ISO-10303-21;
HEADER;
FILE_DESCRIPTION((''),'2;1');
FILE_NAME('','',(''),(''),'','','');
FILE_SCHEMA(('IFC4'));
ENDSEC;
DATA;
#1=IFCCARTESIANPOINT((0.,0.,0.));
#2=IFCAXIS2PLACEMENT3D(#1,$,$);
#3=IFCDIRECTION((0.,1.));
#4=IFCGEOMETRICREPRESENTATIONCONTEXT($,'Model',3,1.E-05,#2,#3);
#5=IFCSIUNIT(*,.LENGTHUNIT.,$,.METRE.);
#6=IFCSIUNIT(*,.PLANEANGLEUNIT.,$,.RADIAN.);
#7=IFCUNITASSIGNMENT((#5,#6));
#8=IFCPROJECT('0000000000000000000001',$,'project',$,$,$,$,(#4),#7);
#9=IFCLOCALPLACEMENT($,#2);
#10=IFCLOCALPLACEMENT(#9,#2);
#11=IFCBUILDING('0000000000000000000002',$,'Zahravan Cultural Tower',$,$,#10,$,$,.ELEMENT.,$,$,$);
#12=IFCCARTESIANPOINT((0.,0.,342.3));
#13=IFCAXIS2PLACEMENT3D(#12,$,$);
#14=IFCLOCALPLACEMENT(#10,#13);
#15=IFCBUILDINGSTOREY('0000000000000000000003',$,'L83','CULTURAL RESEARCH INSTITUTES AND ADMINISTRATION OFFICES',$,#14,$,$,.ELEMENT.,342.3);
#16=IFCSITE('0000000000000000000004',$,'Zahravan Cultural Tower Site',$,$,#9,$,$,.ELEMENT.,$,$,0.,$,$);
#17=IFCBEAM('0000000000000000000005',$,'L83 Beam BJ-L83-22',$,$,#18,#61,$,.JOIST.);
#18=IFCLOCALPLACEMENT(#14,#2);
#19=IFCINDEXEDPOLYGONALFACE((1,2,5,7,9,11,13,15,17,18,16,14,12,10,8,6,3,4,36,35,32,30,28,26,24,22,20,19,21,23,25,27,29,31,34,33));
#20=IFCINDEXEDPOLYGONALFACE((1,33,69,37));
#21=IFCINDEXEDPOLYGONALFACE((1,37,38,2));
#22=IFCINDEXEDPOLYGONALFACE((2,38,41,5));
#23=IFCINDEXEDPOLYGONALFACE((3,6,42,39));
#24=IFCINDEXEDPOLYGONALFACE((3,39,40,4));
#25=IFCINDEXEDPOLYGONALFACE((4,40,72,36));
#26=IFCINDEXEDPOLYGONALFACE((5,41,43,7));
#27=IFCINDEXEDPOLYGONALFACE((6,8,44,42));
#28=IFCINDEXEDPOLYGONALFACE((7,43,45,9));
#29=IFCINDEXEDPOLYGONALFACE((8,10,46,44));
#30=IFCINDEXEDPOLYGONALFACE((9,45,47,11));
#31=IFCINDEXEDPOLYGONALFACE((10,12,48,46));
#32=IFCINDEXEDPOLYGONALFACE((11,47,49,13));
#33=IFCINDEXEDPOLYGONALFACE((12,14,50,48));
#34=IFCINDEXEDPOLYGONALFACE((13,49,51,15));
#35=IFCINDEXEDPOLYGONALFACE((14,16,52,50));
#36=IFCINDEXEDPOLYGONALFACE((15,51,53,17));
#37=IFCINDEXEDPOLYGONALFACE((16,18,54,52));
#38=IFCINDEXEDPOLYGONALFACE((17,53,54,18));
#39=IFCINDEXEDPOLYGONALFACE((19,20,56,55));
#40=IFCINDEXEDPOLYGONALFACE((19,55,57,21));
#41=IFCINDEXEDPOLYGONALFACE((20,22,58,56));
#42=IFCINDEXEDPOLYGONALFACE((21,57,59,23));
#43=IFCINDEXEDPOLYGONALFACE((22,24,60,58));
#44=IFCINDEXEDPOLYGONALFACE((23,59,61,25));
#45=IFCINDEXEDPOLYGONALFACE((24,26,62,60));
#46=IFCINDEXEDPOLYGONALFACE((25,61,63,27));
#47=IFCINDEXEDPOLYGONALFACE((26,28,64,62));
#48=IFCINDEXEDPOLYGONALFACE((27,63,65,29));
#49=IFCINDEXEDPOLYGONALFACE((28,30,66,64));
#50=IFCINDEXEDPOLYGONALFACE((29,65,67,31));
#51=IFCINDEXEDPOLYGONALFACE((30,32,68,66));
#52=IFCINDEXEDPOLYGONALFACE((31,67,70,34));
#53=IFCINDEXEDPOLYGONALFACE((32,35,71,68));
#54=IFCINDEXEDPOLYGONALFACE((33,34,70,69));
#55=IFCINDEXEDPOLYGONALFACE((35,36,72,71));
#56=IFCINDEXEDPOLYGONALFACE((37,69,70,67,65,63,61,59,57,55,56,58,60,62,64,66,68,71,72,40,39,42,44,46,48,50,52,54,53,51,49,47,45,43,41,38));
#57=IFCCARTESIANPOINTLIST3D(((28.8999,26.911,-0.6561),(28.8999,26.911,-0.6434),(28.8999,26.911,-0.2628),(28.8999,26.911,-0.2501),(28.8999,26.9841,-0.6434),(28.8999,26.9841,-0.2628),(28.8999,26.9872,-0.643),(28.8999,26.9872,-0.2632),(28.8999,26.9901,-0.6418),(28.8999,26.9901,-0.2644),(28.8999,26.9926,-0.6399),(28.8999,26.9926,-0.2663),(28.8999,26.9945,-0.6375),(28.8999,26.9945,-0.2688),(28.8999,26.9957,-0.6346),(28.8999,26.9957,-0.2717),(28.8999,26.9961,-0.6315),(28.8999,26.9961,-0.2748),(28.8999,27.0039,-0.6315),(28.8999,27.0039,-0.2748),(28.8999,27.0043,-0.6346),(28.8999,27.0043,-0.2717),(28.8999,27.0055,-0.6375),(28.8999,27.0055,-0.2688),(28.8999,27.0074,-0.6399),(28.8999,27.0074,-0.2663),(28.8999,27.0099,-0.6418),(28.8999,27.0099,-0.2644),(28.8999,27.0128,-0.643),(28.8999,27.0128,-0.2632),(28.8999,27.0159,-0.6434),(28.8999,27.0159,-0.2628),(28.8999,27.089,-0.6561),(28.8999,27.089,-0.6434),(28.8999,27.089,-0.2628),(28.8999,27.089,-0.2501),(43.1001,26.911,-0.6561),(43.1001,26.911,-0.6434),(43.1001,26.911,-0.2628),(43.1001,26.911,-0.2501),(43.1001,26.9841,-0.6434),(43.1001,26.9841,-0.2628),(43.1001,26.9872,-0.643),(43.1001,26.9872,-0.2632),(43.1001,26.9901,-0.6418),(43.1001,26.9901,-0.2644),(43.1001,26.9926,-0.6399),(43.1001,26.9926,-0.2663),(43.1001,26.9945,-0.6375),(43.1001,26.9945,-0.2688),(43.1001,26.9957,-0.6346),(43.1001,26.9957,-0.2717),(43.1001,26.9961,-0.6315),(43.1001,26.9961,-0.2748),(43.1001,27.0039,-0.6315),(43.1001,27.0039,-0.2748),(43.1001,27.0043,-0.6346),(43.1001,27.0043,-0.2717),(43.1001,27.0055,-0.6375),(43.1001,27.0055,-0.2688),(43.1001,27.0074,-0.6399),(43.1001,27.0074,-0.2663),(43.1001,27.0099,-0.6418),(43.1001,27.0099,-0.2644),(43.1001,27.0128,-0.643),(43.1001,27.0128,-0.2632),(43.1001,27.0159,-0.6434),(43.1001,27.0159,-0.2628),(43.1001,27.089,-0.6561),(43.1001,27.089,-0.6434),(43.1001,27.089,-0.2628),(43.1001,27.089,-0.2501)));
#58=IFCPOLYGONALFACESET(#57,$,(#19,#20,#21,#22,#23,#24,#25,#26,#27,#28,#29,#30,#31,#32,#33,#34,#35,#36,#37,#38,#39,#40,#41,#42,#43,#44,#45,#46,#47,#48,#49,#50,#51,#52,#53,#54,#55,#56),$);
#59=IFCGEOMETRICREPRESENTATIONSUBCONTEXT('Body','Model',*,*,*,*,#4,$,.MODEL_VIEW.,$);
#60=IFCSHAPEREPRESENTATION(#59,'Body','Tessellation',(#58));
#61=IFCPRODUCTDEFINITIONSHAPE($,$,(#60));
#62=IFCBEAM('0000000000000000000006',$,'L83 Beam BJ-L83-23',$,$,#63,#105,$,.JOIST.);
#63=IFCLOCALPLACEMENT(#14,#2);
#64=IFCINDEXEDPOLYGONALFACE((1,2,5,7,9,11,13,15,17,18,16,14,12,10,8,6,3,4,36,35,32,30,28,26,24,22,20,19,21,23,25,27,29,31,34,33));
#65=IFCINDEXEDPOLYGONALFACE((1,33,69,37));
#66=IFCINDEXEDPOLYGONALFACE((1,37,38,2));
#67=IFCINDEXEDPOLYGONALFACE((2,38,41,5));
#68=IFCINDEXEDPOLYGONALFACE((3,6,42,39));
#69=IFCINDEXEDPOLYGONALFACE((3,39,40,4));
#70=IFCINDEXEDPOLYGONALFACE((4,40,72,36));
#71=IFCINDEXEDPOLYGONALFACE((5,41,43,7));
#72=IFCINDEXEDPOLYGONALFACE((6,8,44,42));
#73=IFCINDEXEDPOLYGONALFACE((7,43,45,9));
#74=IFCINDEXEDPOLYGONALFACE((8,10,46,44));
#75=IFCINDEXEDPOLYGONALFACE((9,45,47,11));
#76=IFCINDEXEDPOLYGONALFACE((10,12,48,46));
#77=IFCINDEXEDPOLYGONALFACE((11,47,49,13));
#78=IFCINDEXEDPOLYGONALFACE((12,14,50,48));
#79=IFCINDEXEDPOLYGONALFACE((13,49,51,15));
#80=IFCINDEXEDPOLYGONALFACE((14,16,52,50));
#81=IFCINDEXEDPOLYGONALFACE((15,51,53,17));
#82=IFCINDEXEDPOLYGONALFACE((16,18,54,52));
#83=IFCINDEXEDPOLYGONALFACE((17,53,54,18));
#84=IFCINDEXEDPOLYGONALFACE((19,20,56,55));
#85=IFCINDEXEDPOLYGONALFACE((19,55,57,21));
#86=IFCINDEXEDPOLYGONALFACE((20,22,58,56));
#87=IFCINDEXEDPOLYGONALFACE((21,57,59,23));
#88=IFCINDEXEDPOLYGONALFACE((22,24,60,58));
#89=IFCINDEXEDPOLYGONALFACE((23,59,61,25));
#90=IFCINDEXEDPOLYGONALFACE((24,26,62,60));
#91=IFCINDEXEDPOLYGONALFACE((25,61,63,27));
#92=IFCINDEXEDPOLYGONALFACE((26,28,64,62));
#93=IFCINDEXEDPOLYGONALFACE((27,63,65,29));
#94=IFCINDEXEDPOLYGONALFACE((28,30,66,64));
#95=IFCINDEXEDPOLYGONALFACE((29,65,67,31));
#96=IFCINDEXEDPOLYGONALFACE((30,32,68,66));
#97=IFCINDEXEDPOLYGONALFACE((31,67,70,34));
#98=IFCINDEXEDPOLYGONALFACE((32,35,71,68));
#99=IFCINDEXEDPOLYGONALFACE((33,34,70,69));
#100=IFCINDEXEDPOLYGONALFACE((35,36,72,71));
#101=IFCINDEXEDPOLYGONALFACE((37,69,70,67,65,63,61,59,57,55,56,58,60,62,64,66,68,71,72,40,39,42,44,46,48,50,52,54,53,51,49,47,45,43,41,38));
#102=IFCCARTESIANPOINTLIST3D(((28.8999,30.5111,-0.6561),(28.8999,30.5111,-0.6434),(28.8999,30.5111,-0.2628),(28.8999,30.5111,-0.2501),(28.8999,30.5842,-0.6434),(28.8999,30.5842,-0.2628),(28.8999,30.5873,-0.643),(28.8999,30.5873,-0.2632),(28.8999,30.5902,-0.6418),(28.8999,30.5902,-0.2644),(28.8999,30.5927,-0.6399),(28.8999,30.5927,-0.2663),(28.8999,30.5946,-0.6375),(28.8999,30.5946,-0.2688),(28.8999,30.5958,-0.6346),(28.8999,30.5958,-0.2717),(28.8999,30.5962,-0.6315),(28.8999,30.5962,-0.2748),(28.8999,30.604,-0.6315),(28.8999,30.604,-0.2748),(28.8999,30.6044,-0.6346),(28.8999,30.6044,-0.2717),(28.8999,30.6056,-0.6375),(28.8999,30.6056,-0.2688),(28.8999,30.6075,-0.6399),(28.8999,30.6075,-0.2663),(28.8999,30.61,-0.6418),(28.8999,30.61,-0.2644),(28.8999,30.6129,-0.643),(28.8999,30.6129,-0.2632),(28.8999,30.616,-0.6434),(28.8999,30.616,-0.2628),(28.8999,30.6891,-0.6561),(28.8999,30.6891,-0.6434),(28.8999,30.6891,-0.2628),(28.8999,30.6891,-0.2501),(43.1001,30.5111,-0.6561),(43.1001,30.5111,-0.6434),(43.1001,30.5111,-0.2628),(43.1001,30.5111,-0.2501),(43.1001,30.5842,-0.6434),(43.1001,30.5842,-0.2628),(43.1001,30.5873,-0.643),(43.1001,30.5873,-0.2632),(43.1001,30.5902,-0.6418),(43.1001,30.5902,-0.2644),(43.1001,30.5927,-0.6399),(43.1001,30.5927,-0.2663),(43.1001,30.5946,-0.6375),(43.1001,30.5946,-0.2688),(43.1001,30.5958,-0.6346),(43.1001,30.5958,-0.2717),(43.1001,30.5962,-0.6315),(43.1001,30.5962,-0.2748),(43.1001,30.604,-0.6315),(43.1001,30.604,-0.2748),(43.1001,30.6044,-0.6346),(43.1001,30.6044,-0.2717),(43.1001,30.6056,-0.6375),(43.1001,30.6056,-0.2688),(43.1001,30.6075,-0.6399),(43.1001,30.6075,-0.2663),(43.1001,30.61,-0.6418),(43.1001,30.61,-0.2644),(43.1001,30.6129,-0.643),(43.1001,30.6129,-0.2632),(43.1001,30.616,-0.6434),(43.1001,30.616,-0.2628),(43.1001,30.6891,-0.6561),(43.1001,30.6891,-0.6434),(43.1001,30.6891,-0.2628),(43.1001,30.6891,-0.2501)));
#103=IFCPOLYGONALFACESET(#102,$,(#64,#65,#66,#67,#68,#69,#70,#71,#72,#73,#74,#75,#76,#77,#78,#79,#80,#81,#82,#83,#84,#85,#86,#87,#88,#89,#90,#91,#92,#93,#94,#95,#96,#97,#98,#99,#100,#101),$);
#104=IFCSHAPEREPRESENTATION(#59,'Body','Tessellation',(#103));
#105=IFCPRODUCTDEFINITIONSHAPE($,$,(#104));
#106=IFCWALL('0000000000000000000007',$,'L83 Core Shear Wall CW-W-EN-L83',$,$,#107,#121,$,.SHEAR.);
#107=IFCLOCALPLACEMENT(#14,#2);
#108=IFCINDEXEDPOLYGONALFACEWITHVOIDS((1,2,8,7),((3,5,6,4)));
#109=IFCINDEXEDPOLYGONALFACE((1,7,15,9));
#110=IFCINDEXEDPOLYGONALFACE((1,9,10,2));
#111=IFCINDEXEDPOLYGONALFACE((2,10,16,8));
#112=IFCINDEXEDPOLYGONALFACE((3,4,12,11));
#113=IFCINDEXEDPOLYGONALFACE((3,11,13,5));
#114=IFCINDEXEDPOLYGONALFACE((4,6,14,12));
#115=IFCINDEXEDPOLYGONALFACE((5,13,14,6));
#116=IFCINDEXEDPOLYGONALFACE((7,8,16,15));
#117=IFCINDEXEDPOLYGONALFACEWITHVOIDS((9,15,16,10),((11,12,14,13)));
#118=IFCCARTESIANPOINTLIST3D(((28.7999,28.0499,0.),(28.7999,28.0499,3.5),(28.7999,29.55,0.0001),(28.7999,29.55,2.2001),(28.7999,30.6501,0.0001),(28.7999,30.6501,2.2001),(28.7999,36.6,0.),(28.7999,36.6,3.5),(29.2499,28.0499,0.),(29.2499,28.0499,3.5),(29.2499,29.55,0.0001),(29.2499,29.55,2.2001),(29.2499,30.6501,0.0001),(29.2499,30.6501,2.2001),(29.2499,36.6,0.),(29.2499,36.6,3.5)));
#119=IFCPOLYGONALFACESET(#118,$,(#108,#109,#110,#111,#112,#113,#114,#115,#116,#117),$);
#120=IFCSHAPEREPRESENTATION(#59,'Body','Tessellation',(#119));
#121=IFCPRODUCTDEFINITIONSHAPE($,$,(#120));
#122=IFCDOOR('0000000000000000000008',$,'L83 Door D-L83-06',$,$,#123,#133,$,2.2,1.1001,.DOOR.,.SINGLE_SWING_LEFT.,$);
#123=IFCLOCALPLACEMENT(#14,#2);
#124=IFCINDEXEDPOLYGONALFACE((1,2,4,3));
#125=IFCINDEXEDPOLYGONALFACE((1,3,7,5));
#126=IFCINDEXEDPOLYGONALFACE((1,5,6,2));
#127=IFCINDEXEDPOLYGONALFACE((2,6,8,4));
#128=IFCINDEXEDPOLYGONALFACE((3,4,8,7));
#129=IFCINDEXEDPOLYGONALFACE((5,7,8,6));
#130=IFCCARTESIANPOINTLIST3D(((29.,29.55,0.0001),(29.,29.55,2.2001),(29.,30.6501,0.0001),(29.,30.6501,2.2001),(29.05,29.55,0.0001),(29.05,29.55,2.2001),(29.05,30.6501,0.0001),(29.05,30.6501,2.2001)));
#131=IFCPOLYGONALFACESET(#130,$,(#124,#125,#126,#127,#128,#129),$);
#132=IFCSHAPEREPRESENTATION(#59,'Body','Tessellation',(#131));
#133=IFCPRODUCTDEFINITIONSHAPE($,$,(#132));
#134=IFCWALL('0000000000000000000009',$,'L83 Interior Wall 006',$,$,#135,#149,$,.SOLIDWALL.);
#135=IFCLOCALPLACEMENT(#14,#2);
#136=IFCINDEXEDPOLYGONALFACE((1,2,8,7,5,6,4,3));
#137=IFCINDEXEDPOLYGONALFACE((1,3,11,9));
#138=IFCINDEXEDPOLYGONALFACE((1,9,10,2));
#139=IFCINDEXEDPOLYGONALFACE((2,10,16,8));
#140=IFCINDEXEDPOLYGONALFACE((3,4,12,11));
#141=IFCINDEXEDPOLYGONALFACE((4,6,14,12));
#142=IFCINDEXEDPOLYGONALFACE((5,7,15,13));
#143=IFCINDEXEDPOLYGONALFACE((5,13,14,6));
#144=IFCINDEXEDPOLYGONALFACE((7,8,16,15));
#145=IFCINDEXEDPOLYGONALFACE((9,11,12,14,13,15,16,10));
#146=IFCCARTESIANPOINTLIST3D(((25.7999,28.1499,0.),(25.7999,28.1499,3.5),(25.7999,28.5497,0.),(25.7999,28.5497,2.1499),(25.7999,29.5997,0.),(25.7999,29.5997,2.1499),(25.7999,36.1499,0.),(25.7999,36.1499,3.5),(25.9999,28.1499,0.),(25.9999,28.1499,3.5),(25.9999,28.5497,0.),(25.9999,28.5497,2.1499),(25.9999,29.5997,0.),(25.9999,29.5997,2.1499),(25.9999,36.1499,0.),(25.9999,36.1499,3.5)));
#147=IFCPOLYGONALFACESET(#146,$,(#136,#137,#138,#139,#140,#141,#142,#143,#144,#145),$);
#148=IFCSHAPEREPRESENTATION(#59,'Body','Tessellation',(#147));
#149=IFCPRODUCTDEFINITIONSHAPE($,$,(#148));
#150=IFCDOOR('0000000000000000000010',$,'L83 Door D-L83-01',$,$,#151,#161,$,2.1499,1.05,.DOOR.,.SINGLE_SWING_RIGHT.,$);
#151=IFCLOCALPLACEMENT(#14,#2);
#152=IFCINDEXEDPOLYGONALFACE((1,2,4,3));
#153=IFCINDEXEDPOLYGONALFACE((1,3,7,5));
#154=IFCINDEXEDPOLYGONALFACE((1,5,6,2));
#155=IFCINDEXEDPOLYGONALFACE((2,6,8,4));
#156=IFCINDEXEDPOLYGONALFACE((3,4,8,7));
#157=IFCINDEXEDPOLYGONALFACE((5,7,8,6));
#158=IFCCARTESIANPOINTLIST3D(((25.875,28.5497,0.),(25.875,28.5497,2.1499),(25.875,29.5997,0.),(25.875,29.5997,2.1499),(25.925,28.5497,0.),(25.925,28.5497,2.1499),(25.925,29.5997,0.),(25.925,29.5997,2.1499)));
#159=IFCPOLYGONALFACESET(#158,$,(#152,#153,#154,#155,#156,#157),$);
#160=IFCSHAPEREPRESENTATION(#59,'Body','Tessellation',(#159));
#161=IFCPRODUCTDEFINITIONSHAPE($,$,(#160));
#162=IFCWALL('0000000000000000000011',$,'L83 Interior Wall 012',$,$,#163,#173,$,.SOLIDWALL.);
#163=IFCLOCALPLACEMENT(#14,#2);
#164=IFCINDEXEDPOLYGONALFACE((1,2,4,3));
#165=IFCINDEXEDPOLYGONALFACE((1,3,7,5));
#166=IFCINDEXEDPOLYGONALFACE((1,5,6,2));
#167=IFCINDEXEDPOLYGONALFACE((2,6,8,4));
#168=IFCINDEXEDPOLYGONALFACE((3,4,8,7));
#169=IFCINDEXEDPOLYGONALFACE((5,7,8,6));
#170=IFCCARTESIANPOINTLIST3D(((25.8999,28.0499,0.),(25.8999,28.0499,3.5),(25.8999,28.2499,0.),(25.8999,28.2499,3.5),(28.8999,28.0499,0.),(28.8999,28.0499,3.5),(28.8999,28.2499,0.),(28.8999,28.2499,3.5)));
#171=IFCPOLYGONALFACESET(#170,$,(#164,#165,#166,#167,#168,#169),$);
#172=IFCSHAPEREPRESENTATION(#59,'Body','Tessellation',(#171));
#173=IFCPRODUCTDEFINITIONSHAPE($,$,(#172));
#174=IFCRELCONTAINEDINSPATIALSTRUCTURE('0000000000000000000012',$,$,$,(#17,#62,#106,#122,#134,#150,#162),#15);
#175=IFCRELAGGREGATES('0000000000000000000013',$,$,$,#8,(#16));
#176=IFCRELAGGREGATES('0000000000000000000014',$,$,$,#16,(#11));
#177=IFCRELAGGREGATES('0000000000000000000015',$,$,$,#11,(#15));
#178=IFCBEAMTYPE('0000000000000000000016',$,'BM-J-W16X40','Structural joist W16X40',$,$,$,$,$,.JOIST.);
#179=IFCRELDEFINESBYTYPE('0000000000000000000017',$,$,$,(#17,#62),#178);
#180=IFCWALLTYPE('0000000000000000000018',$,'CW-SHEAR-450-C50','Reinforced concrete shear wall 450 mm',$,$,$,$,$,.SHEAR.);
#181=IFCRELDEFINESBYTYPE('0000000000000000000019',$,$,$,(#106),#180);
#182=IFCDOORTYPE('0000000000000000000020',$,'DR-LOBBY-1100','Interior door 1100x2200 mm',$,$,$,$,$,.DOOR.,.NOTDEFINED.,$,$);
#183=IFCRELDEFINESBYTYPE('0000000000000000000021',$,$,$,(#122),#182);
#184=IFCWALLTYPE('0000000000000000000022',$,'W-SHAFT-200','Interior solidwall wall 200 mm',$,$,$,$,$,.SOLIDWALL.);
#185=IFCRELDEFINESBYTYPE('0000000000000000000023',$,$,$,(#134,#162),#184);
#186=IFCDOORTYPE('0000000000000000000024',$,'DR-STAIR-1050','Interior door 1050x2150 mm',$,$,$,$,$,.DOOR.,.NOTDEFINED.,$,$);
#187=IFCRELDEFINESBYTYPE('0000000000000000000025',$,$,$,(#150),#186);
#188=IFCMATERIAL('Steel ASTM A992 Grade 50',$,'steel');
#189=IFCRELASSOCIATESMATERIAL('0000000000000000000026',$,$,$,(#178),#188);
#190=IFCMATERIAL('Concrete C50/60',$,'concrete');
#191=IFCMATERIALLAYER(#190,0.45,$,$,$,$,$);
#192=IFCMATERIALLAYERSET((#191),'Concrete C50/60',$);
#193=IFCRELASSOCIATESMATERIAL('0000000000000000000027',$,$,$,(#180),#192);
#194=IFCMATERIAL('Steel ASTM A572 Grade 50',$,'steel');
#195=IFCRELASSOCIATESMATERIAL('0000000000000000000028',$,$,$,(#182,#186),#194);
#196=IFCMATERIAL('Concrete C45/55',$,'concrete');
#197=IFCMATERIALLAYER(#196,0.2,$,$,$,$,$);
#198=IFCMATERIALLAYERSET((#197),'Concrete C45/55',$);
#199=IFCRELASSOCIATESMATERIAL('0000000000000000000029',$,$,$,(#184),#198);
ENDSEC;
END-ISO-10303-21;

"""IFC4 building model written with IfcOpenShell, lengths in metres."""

from ifc_helpers import new_model, si_unit, direction, frame, frame_2d, origin, origin_2d, place, context, subcontext, project, spatial, rectangle, i_section, extrude, source, transform, mapped, material, layer, layer_set, material_profile, profile_set, type_object, element, fill, save


model = new_model("IFC4")

# Units and contexts
model_context = context("Model", 3, precision=1e-05, world=origin(), true_north=direction((0.0, 1.0)))
body_context = subcontext(model_context, "Body", "Model", "MODEL_VIEW")
ifc_project = project(units=[si_unit("LENGTHUNIT", "METRE"), si_unit("PLANEANGLEUNIT", "RADIAN")], contexts=[model_context])

# Site, building, storey
site_placement = place(None, origin())
site = spatial("IfcSite", under=ifc_project, at=site_placement, Name="Zahravan Cultural Tower Site", CompositionType="ELEMENT", RefElevation=0.0)
building_placement = place(site_placement, origin())
building = spatial("IfcBuilding", under=site, at=building_placement, Name="Zahravan Cultural Tower", CompositionType="ELEMENT")
storey_placement = place(building_placement, frame((0.0, 0.0, 342.3)))
storey = spatial("IfcBuildingStorey", under=building, at=storey_placement, Name="L83", Description="CULTURAL RESEARCH INSTITUTES AND ADMINISTRATION OFFICES", CompositionType="ELEMENT", Elevation=342.3)

# Beams
ifc_material_1 = material(Name="Steel ASTM A992 Grade 50", Category="steel")
ifc_material_profile = material_profile(ifc_material_1, i_section(OverallWidth=0.178, OverallDepth=0.406, WebThickness=0.0078, FlangeThickness=0.0127, FilletRadius=0.012, at=origin_2d()), Name="W16X40")
ifc_profile_set = profile_set([ifc_material_profile], Name="Steel ASTM A992 Grade 50")
beam_type = type_object("IfcBeamType", Name="BM-J-W16X40", Description="Structural joist W16X40", PredefinedType="JOIST", material=ifc_profile_set)
shared_shape_1 = source(origin(), body_context, "Body", "SweptSolid", [
    extrude(i_section(OverallWidth=0.178, OverallDepth=0.406, WebThickness=0.0078, FlangeThickness=0.0127, FilletRadius=0.012, at=origin_2d()), origin(), (0.0, 0.0, 1.0), 14.2002),
])
for number, where, z_axis, x_axis, name in (
    (1, (28.8999, 27.0, -0.4531), (1.0, 0.0, 0.0), (0.0, 1.0, 0.0), "L83 Beam BJ-L83-22"),
    (2, (28.8999, 30.6001, -0.4531), (1.0, 0.0, 0.0), (0.0, 1.0, 0.0), "L83 Beam BJ-L83-23"),
):
    element("IfcBeam", number, at=place(storey_placement, frame(where, z_axis=z_axis, x_axis=x_axis)), inside=storey, type_object=beam_type, Name=name, PredefinedType="JOIST", context=body_context, shape_type="MappedRepresentation", body=[
        mapped(shared_shape_1, transform((0.0, 0.0, 0.0), x_axis=(1.0, 0.0, 0.0), y_axis=(0.0, 1.0, 0.0), z_axis=(0.0, 0.0, 1.0), scale=1.0)),
    ])

# Walls, openings, doors
ifc_material_2 = material(Name="Concrete C50/60", Category="concrete")
ifc_layer_1 = layer(ifc_material_2, 0.45)
ifc_layer_set_1 = layer_set([ifc_layer_1], Name="Concrete C50/60")
wall_type_1 = type_object("IfcWallType", Name="CW-SHEAR-450-C50", Description="Reinforced concrete shear wall 450 mm", PredefinedType="SHEAR", material=ifc_layer_set_1)
wall_1_placement = place(storey_placement, frame((29.0249, 28.05, 0.0), z_axis=(0.0, 0.0, 1.0), x_axis=(0.0, 1.0, 0.0)))
wall_1 = element("IfcWall", 3, at=wall_1_placement, inside=storey, type_object=wall_type_1, Name="L83 Core Shear Wall CW-W-EN-L83", PredefinedType="SHEAR", context=body_context, shape_type="SweptSolid", body=[
    extrude(rectangle(XDim=8.55, YDim=0.45, at=frame_2d((4.2749, 0.0))), origin(), (0.0, 0.0, 1.0), 3.5),
])
opening_1_placement = place(wall_1_placement, frame((1.5, 0.0, 0.0)))
opening_1 = element("IfcOpeningElement", 4, at=opening_1_placement, cuts=wall_1, PredefinedType="OPENING", context=body_context, shape_type="SweptSolid", body=[
    extrude(rectangle(XDim=1.1001, YDim=2.2, at=frame_2d((0.55, 1.1001))), frame((0.0, 0.2349, 0.0), z_axis=(0.0, -1.0, 0.0), x_axis=(1.0, 0.0, 0.0)), (0.0, 0.0, 1.0), 0.47),
])
ifc_material_3 = material(Name="Steel ASTM A572 Grade 50", Category="steel")
door_type_1 = type_object("IfcDoorType", Name="DR-LOBBY-1100", Description="Interior door 1100x2200 mm", OperationType="NOTDEFINED", PredefinedType="DOOR", material=ifc_material_3)
shared_shape_2 = source(origin(), body_context, "Body", "SweptSolid", [
    extrude(rectangle(XDim=1.1001, YDim=2.2, at=frame_2d((0.55, 1.1001))), frame((0.0, 0.0249, 0.0), z_axis=(0.0, -1.0, 0.0), x_axis=(1.0, 0.0, 0.0)), (0.0, 0.0, 1.0), 0.05),
])
door_1_placement = place(opening_1_placement, origin())
door_1 = element("IfcDoor", 5, at=door_1_placement, inside=storey, type_object=door_type_1, Name="L83 Door D-L83-06", OperationType="SINGLE_SWING_LEFT", OverallHeight=2.2, OverallWidth=1.1001, PredefinedType="DOOR", context=body_context, shape_type="MappedRepresentation", body=[
    mapped(shared_shape_2, transform((0.0, 0.0, 0.0), x_axis=(1.0, 0.0, 0.0), y_axis=(0.0, 1.0, 0.0), z_axis=(0.0, 0.0, 1.0), scale=1.0)),
])
fill(opening_1, door_1)
ifc_material_4 = material(Name="Concrete C45/55", Category="concrete")
ifc_layer_2 = layer(ifc_material_4, 0.2)
ifc_layer_set_2 = layer_set([ifc_layer_2], Name="Concrete C45/55")
wall_type_2 = type_object("IfcWallType", Name="W-SHAFT-200", Description="Interior solidwall wall 200 mm", PredefinedType="SOLIDWALL", material=ifc_layer_set_2)
wall_2_placement = place(storey_placement, frame((25.8999, 28.1499, 0.0), z_axis=(0.0, 0.0, 1.0), x_axis=(0.0, 1.0, 0.0)))
wall_2 = element("IfcWall", 6, at=wall_2_placement, inside=storey, type_object=wall_type_2, Name="L83 Interior Wall 006", PredefinedType="SOLIDWALL", context=body_context, shape_type="SweptSolid", body=[
    extrude(rectangle(XDim=8.0, YDim=0.2, at=frame_2d((4.0, 0.0))), origin(), (0.0, 0.0, 1.0), 3.5),
])
opening_2_placement = place(wall_2_placement, frame((0.3999, 0.0, 0.0)))
opening_2 = element("IfcOpeningElement", 7, at=opening_2_placement, cuts=wall_2, PredefinedType="OPENING", context=body_context, shape_type="SweptSolid", body=[
    extrude(rectangle(XDim=1.05, YDim=2.1499, at=frame_2d((0.5249, 1.075))), frame((0.0, 0.1099, 0.0), z_axis=(0.0, -1.0, 0.0), x_axis=(1.0, 0.0, 0.0)), (0.0, 0.0, 1.0), 0.22),
])
door_type_2 = type_object("IfcDoorType", Name="DR-STAIR-1050", Description="Interior door 1050x2150 mm", OperationType="NOTDEFINED", PredefinedType="DOOR", material=ifc_material_3)
shared_shape_3 = source(origin(), body_context, "Body", "SweptSolid", [
    extrude(rectangle(XDim=1.05, YDim=2.1499, at=frame_2d((0.5249, 1.075))), frame((0.0, 0.0249, 0.0), z_axis=(0.0, -1.0, 0.0), x_axis=(1.0, 0.0, 0.0)), (0.0, 0.0, 1.0), 0.05),
])
door_2_placement = place(opening_2_placement, origin())
door_2 = element("IfcDoor", 8, at=door_2_placement, inside=storey, type_object=door_type_2, Name="L83 Door D-L83-01", OperationType="SINGLE_SWING_RIGHT", OverallHeight=2.1499, OverallWidth=1.05, PredefinedType="DOOR", context=body_context, shape_type="MappedRepresentation", body=[
    mapped(shared_shape_3, transform((0.0, 0.0, 0.0), x_axis=(1.0, 0.0, 0.0), y_axis=(0.0, 1.0, 0.0), z_axis=(0.0, 0.0, 1.0), scale=1.0)),
])
fill(opening_2, door_2)

# Wall
shared_shape_4 = source(origin(), body_context, "Body", "SweptSolid", [
    extrude(rectangle(XDim=3.0, YDim=0.2, at=frame_2d((1.5, 0.0))), origin(), (0.0, 0.0, 1.0), 3.5),
])
wall_3_placement = place(storey_placement, frame((25.8999, 28.1499, 0.0), z_axis=(0.0, 0.0, 1.0), x_axis=(1.0, 0.0, 0.0)))
element("IfcWall", 9, at=wall_3_placement, inside=storey, type_object=wall_type_2, Name="L83 Interior Wall 012", PredefinedType="SOLIDWALL", context=body_context, shape_type="MappedRepresentation", body=[
    mapped(shared_shape_4, transform((0.0, 0.0, 0.0), x_axis=(1.0, 0.0, 0.0), y_axis=(0.0, 1.0, 0.0), z_axis=(0.0, 0.0, 1.0), scale=1.0)),
])

save(model, "model.ifc")
